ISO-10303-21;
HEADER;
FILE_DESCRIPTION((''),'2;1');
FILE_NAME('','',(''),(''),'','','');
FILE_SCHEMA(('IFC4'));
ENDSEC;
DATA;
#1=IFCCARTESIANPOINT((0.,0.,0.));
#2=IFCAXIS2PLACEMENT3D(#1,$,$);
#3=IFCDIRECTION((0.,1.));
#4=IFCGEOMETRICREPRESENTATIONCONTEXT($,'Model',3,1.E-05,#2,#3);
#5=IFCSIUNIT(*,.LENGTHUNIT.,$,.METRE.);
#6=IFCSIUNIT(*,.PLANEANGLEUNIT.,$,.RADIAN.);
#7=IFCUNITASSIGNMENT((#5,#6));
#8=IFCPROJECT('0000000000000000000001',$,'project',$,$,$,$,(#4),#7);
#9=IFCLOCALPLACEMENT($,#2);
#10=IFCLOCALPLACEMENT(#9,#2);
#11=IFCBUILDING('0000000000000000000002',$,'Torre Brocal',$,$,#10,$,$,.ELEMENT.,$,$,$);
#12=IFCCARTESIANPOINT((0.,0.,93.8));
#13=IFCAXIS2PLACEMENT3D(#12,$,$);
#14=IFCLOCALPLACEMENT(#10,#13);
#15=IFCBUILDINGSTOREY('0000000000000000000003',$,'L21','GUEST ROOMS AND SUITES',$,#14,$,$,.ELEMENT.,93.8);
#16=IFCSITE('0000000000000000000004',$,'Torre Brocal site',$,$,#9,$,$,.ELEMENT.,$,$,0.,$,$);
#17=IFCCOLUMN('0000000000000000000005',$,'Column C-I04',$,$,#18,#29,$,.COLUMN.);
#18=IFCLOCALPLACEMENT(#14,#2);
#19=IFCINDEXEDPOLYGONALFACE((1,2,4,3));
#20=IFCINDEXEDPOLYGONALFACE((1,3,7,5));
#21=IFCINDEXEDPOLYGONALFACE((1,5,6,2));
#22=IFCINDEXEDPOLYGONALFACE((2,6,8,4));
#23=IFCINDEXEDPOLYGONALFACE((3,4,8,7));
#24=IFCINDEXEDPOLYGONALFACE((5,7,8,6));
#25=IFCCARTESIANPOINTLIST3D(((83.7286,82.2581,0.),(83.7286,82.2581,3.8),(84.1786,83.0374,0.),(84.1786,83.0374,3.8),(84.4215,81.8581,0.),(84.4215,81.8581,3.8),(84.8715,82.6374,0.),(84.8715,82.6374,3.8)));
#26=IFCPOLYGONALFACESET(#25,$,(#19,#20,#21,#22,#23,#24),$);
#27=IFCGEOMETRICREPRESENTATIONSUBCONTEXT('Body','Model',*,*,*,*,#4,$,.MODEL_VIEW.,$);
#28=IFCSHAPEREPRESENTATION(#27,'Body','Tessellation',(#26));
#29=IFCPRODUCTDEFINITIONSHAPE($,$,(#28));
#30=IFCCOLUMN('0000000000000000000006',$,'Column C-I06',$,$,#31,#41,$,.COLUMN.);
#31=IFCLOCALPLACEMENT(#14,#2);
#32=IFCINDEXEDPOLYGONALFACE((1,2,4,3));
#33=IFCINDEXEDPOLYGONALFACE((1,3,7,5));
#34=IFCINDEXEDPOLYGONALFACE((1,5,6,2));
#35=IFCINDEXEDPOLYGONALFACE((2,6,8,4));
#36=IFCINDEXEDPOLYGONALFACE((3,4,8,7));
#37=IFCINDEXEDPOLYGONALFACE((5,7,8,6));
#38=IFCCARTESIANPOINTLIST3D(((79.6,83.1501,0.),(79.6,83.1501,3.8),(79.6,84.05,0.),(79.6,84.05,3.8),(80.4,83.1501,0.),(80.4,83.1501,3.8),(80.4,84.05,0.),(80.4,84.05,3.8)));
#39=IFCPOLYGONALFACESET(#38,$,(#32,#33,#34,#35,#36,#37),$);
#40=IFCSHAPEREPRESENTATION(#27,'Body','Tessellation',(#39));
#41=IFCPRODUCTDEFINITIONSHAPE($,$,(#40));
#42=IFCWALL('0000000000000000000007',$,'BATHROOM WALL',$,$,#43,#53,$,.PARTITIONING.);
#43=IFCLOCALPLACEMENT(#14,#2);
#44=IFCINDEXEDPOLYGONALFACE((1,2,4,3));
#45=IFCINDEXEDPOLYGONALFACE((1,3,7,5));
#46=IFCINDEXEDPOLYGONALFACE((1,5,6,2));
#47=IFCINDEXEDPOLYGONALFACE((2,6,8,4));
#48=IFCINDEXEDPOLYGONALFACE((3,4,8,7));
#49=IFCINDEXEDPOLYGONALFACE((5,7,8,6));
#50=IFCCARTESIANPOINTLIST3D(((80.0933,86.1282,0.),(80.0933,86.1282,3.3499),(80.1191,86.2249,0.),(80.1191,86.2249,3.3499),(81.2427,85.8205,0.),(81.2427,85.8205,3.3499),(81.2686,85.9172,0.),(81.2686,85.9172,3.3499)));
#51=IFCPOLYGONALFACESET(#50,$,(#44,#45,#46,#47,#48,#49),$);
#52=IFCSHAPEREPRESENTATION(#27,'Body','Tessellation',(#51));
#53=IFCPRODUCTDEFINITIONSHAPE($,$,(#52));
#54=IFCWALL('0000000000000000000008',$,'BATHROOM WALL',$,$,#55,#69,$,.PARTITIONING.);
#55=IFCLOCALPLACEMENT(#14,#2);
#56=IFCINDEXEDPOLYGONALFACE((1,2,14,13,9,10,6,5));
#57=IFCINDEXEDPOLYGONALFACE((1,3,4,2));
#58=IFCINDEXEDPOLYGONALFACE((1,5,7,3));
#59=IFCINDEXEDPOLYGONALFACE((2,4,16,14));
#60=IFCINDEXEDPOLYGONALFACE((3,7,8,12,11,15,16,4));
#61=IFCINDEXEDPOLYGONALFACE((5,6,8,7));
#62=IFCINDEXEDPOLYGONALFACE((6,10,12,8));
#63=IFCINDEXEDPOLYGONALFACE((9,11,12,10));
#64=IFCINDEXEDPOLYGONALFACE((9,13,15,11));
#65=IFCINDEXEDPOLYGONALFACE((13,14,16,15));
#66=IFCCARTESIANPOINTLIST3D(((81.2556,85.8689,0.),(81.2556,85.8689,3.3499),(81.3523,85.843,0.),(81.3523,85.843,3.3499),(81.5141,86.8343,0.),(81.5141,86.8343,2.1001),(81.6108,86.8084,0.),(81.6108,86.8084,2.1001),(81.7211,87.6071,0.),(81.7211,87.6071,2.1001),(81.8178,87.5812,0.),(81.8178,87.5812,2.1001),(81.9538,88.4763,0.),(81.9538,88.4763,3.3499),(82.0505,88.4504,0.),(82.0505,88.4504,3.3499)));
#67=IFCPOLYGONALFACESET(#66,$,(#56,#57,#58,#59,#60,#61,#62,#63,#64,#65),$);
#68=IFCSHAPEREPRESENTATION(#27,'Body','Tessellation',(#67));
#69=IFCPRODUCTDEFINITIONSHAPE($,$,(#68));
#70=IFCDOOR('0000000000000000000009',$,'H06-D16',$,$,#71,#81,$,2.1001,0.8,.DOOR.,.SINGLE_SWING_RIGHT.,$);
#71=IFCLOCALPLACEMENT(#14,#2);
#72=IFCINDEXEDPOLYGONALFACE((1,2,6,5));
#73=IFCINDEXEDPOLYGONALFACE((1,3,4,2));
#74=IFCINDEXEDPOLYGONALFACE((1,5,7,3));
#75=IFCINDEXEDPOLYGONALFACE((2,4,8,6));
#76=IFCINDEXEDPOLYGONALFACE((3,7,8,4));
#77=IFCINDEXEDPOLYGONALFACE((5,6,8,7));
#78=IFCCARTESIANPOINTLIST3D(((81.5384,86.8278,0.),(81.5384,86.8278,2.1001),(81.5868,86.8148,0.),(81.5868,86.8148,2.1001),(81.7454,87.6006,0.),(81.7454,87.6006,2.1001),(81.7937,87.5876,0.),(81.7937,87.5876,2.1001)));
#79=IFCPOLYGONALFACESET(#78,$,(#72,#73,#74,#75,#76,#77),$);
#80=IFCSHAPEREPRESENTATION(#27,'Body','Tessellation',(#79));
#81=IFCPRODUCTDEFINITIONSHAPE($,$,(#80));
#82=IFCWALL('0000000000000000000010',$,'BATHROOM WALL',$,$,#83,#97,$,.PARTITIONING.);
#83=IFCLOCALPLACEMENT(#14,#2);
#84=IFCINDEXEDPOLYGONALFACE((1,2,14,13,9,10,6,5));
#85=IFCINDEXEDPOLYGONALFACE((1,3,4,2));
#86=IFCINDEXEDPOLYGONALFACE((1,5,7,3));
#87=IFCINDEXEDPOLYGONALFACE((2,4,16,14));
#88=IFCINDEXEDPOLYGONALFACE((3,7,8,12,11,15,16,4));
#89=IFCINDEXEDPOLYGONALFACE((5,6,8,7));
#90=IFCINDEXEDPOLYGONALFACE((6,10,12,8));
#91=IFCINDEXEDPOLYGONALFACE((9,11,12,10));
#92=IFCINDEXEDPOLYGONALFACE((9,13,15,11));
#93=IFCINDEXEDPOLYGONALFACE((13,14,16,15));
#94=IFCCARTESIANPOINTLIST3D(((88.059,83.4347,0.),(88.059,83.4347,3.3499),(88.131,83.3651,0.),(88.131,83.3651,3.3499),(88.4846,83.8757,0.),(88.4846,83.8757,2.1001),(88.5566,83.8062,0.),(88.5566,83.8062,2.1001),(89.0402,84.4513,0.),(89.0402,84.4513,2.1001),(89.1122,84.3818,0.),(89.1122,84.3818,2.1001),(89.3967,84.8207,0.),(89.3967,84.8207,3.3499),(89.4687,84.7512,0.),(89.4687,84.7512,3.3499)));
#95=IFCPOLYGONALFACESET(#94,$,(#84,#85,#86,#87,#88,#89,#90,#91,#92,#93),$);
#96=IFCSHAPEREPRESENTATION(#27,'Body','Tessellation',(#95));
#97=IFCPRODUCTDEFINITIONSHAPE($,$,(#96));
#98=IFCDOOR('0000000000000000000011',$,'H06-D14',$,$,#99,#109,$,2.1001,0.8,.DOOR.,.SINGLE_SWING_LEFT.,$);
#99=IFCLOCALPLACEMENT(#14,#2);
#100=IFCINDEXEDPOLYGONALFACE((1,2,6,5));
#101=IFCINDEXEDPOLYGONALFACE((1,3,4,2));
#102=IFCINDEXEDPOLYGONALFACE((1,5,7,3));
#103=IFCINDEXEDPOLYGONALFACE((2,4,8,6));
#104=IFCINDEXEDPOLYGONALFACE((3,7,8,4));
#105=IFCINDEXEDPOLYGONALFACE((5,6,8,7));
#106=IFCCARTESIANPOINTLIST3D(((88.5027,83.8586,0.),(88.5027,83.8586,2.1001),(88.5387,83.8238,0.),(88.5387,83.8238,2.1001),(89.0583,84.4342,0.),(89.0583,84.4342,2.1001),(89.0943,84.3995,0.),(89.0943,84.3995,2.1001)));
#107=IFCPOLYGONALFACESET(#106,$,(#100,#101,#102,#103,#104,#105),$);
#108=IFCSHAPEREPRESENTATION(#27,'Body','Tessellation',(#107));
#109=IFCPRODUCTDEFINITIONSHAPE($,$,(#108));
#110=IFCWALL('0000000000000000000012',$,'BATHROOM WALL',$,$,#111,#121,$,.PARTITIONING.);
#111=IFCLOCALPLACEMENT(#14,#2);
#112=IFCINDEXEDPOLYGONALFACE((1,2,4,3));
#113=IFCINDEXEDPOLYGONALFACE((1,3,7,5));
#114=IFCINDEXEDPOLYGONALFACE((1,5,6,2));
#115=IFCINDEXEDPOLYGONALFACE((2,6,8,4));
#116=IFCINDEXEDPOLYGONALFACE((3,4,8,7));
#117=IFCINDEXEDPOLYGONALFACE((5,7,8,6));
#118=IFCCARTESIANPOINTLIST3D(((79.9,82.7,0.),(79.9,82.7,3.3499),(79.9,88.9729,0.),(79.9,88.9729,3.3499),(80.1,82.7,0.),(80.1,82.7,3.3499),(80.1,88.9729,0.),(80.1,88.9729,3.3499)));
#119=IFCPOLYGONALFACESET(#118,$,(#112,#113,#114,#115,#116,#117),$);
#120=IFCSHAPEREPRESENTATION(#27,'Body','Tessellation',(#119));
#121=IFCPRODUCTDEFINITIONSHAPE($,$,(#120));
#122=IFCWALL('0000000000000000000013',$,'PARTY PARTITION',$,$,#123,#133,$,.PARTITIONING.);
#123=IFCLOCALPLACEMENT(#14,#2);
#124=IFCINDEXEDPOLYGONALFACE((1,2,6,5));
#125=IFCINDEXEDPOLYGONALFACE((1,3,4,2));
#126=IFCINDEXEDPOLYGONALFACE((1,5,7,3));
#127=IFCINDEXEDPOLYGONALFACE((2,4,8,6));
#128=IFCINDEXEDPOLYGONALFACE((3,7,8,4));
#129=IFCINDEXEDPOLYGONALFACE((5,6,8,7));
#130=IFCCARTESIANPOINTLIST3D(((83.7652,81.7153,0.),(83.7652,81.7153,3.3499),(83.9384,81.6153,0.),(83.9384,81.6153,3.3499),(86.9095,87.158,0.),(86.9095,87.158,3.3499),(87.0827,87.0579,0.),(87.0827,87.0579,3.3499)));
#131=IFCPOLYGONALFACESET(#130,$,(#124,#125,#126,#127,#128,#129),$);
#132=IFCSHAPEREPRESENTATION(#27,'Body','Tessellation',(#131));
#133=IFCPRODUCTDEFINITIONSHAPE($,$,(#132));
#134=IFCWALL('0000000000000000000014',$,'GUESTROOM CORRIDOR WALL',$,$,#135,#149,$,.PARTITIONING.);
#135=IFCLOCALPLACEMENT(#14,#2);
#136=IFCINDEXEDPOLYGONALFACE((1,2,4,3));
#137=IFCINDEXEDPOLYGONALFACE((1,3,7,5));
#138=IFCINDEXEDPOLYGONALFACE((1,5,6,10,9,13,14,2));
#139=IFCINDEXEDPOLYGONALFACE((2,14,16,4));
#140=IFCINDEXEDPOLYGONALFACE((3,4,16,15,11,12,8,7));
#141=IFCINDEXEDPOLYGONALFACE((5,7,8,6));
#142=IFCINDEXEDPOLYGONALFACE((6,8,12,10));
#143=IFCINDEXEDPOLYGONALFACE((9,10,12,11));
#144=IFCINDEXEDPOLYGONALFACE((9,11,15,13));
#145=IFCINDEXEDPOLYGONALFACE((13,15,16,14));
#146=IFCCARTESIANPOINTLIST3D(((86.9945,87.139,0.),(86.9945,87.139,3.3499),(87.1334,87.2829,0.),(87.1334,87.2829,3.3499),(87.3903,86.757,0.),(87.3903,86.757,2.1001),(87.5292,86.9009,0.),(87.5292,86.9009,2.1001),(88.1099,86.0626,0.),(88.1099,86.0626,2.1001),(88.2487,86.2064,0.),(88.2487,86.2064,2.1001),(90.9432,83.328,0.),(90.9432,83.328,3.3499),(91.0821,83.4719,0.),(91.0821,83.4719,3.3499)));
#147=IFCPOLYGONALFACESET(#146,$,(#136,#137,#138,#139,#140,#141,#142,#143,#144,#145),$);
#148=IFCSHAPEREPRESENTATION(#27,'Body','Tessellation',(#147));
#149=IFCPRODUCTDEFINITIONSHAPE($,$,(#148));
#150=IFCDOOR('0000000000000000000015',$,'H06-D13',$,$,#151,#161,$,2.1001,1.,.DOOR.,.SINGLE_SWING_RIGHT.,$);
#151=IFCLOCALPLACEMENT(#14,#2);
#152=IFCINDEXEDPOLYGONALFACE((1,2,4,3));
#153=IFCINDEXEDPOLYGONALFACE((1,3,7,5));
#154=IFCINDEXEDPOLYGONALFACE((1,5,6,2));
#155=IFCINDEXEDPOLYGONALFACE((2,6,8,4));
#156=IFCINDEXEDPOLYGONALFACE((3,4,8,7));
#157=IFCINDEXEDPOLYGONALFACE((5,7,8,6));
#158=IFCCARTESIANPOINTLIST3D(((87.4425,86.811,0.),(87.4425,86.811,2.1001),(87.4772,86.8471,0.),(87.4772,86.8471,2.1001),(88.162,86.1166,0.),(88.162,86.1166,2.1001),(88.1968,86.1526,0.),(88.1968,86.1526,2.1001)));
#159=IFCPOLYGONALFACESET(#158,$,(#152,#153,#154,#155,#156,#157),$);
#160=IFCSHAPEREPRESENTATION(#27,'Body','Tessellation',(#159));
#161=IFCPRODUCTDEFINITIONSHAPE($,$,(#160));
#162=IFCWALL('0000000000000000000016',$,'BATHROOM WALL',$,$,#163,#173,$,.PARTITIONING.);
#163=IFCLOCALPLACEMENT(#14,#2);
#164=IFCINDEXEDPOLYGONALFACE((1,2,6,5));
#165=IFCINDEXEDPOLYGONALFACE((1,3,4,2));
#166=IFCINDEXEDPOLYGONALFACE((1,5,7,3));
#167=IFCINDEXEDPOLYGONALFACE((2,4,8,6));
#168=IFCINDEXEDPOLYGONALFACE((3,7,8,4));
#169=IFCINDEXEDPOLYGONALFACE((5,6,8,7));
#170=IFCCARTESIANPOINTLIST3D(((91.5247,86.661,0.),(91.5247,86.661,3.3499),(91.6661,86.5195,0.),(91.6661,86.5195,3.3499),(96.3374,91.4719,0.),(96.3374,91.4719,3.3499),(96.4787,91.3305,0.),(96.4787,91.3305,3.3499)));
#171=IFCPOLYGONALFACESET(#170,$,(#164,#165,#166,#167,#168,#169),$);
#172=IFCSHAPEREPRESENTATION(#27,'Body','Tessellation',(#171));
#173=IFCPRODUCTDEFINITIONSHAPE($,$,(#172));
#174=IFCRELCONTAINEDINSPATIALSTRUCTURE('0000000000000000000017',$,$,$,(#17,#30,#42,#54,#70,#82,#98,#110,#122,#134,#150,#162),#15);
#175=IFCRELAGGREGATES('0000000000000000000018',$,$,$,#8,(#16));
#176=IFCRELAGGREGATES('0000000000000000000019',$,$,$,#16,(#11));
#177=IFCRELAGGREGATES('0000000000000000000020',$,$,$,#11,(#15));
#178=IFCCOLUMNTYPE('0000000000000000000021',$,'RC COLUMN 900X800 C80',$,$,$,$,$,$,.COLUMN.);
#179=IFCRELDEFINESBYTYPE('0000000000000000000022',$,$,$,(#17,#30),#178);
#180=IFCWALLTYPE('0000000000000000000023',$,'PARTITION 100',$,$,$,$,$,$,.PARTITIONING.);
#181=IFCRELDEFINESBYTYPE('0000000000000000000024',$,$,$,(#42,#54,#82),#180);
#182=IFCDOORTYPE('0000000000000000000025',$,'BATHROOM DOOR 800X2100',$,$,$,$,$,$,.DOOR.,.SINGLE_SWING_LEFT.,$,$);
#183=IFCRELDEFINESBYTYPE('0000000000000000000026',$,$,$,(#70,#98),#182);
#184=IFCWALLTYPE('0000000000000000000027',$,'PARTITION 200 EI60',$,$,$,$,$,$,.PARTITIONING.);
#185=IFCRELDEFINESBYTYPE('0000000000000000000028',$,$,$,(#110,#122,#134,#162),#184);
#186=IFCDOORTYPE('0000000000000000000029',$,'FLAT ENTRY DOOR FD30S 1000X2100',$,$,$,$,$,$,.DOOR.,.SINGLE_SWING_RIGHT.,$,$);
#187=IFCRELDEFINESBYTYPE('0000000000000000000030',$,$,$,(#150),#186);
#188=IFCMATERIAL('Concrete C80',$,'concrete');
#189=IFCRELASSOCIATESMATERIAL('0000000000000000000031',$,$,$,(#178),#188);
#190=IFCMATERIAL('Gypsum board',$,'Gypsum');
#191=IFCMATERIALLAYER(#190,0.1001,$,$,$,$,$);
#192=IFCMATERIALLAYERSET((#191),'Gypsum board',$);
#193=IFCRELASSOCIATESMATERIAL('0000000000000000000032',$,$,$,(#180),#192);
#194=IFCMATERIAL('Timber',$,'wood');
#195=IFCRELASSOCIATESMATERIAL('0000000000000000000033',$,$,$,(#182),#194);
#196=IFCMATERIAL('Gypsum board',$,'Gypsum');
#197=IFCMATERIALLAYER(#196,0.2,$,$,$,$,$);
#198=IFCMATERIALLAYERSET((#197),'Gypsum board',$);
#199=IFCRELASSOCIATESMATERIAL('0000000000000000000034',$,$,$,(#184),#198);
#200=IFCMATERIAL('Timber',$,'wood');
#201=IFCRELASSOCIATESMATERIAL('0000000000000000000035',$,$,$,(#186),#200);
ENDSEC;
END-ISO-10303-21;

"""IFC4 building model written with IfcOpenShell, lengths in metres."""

from ifc_helpers import new_model, si_unit, direction, frame, frame_2d, origin, origin_2d, place, context, subcontext, project, spatial, rectangle, extrude, material, layer, layer_set, material_profile, profile_set, type_object, element, fill, save


model = new_model("IFC4")

# Units and contexts
model_context = context("Model", 3, precision=1e-05, world=origin(), true_north=direction((0.0, 1.0)))
body_context = subcontext(model_context, "Body", "Model", "MODEL_VIEW")
ifc_project = project(units=[si_unit("LENGTHUNIT", "METRE"), si_unit("PLANEANGLEUNIT", "RADIAN")], contexts=[model_context])

# Site, building, storey
site_placement = place(None, origin())
site = spatial("IfcSite", under=ifc_project, at=site_placement, Name="Torre Brocal site", CompositionType="ELEMENT", RefElevation=0.0)
building_placement = place(site_placement, origin())
building = spatial("IfcBuilding", under=site, at=building_placement, Name="Torre Brocal", CompositionType="ELEMENT")
storey_placement = place(building_placement, frame((0.0, 0.0, 93.8)))
storey = spatial("IfcBuildingStorey", under=building, at=storey_placement, Name="L21", Description="GUEST ROOMS AND SUITES", CompositionType="ELEMENT", Elevation=93.8)

# Columns
ifc_material_1 = material(Name="Concrete C80", Category="concrete")
ifc_material_profile = material_profile(ifc_material_1, rectangle(XDim=0.8999, YDim=0.8, at=origin_2d()), Name="RC 900X800")
ifc_profile_set = profile_set([ifc_material_profile], Name="Concrete C80")
column_type = type_object("IfcColumnType", Name="RC COLUMN 900X800 C80", PredefinedType="COLUMN", material=ifc_profile_set)
for number, where, z_axis, x_axis, name in (
    (1, (84.3, 82.4478, 0.0), (0.0, 0.0, 1.0), (0.5, 0.866025, 0.0), "Column C-I04"),
    (2, (80.0, 83.6001, 0.0), (0.0, 0.0, 1.0), (0.0, 1.0, 0.0), "Column C-I06"),
):
    element("IfcColumn", number, at=place(storey_placement, frame(where, z_axis=z_axis, x_axis=x_axis)), inside=storey, type_object=column_type, Name=name, PredefinedType="COLUMN", context=body_context, shape_type="SweptSolid", body=[
        extrude(rectangle(XDim=0.8999, YDim=0.8, at=origin_2d()), origin(), (0.0, 0.0, 1.0), 3.8),
    ])

# Wall
ifc_material_2 = material(Name="Gypsum board", Category="Gypsum")
ifc_layer_1 = layer(ifc_material_2, 0.1001)
ifc_layer_set_1 = layer_set([ifc_layer_1], Name="Gypsum board")
wall_type_1 = type_object("IfcWallType", Name="PARTITION 100", PredefinedType="PARTITIONING", material=ifc_layer_set_1)
wall_1_placement = place(storey_placement, frame((80.1062, 86.1765, 0.0), z_axis=(0.0, 0.0, 1.0), x_axis=(0.966003, -0.258531, 0.0)))
element("IfcWall", 3, at=wall_1_placement, inside=storey, type_object=wall_type_1, Name="BATHROOM WALL", PredefinedType="PARTITIONING", context=body_context, shape_type="SweptSolid", body=[
    extrude(rectangle(XDim=1.1899, YDim=0.1001, at=frame_2d((0.595, 0.0))), origin(), (0.0, 0.0, 1.0), 3.3499),
])

# Walls, openings, doors
wall_2_placement = place(storey_placement, frame((81.304, 85.856, 0.0), z_axis=(0.0, 0.0, 1.0), x_axis=(0.258676, 0.965964, 0.0)))
wall_2 = element("IfcWall", 4, at=wall_2_placement, inside=storey, type_object=wall_type_1, Name="BATHROOM WALL", PredefinedType="PARTITIONING", context=body_context, shape_type="SweptSolid", body=[
    extrude(rectangle(XDim=2.6992, YDim=0.1001, at=frame_2d((1.3496, 0.0))), origin(), (0.0, 0.0, 1.0), 3.3499),
])
opening_1_placement = place(wall_2_placement, frame((0.9995, 0.0, 0.0)))
opening_1 = element("IfcOpeningElement", 5, at=opening_1_placement, cuts=wall_2, PredefinedType="OPENING", context=body_context, shape_type="SweptSolid", body=[
    extrude(rectangle(XDim=0.8, YDim=2.1001, at=frame_2d((0.3999, 1.05))), frame((0.0, 0.0601, 0.0), z_axis=(0.0, -1.0, 0.0), x_axis=(1.0, 0.0, 0.0)), (0.0, 0.0, 1.0), 0.1201),
])
ifc_material_3 = material(Name="Timber", Category="wood")
door_type_1 = type_object("IfcDoorType", Name="BATHROOM DOOR 800X2100", OperationType="SINGLE_SWING_LEFT", PredefinedType="DOOR", material=ifc_material_3)
door_1_placement = place(opening_1_placement, origin())
door_1 = element("IfcDoor", 6, at=door_1_placement, inside=storey, type_object=door_type_1, Name="H06-D16", OperationType="SINGLE_SWING_RIGHT", OverallHeight=2.1001, OverallWidth=0.8, PredefinedType="DOOR", context=body_context, shape_type="SweptSolid", body=[
    extrude(rectangle(XDim=0.8, YDim=2.1001, at=frame_2d((0.3999, 1.05))), frame((0.0, 0.0249, 0.0), z_axis=(0.0, -1.0, 0.0), x_axis=(1.0, 0.0, 0.0)), (0.0, 0.0, 1.0), 0.05),
])
fill(opening_1, door_1)
wall_3_placement = place(storey_placement, frame((88.095, 83.3999, 0.0), z_axis=(0.0, 0.0, 1.0), x_axis=(0.694447, 0.719543, 0.0)))
wall_3 = element("IfcWall", 7, at=wall_3_placement, inside=storey, type_object=wall_type_1, Name="BATHROOM WALL", PredefinedType="PARTITIONING", context=body_context, shape_type="SweptSolid", body=[
    extrude(rectangle(XDim=1.9263, YDim=0.1001, at=frame_2d((0.9631, 0.0))), origin(), (0.0, 0.0, 1.0), 3.3499),
])
opening_2_placement = place(wall_3_placement, frame((0.613, 0.0, 0.0)))
opening_2 = element("IfcOpeningElement", 8, at=opening_2_placement, cuts=wall_3, PredefinedType="OPENING", context=body_context, shape_type="SweptSolid", body=[
    extrude(rectangle(XDim=0.8, YDim=2.1001, at=frame_2d((0.3999, 1.05))), frame((0.0, 0.0601, 0.0), z_axis=(0.0, -1.0, 0.0), x_axis=(1.0, 0.0, 0.0)), (0.0, 0.0, 1.0), 0.1201),
])
door_2_placement = place(opening_2_placement, frame((0.8, 0.0, 0.0), z_axis=(0.0, 0.0, 1.0), x_axis=(-1.0, 0.0, 0.0)))
door_2 = element("IfcDoor", 9, at=door_2_placement, inside=storey, type_object=door_type_1, Name="H06-D14", OperationType="SINGLE_SWING_LEFT", OverallHeight=2.1001, OverallWidth=0.8, PredefinedType="DOOR", context=body_context, shape_type="SweptSolid", body=[
    extrude(rectangle(XDim=0.8, YDim=2.1001, at=frame_2d((0.3999, 1.05))), frame((0.0, 0.0249, 0.0), z_axis=(0.0, -1.0, 0.0), x_axis=(1.0, 0.0, 0.0)), (0.0, 0.0, 1.0), 0.05),
])
fill(opening_2, door_2)

# Walls
ifc_material_4 = material(Name="Gypsum board", Category="Gypsum")
ifc_layer_2 = layer(ifc_material_4, 0.2)
ifc_layer_set_2 = layer_set([ifc_layer_2], Name="Gypsum board")
wall_type_2 = type_object("IfcWallType", Name="PARTITION 200 EI60", PredefinedType="PARTITIONING", material=ifc_layer_set_2)
wall_4_placement = place(storey_placement, frame((80.0, 82.7, 0.0), z_axis=(0.0, 0.0, 1.0), x_axis=(0.0, 1.0, 0.0)))
element("IfcWall", 10, at=wall_4_placement, inside=storey, type_object=wall_type_2, Name="BATHROOM WALL", PredefinedType="PARTITIONING", context=body_context, shape_type="SweptSolid", body=[
    extrude(rectangle(XDim=6.2729, YDim=0.2, at=frame_2d((3.1365, 0.0))), origin(), (0.0, 0.0, 1.0), 3.3499),
])
wall_5_placement = place(storey_placement, frame((83.8518, 81.6653, 0.0), z_axis=(0.0, 0.0, 1.0), x_axis=(0.500237, 0.865889, 0.0)))
element("IfcWall", 11, at=wall_5_placement, inside=storey, type_object=wall_type_2, Name="PARTY PARTITION", PredefinedType="PARTITIONING", context=body_context, shape_type="SweptSolid", body=[
    extrude(rectangle(XDim=6.2856, YDim=0.2, at=frame_2d((3.1428, 0.0))), origin(), (0.0, 0.0, 1.0), 3.3499),
])

# Wall, opening, door
wall_6_placement = place(storey_placement, frame((87.064, 87.2109, 0.0), z_axis=(0.0, 0.0, 1.0), x_axis=(0.719541, -0.69445, 0.0)))
wall_6 = element("IfcWall", 12, at=wall_6_placement, inside=storey, type_object=wall_type_2, Name="GUESTROOM CORRIDOR WALL", PredefinedType="PARTITIONING", context=body_context, shape_type="SweptSolid", body=[
    extrude(rectangle(XDim=5.4878, YDim=0.2, at=frame_2d((2.7439, 0.0))), origin(), (0.0, 0.0, 1.0), 3.3499),
])
opening_3_placement = place(wall_6_placement, frame((0.55, 0.0, 0.0)))
opening_3 = element("IfcOpeningElement", 13, at=opening_3_placement, cuts=wall_6, PredefinedType="OPENING", context=body_context, shape_type="SweptSolid", body=[
    extrude(rectangle(XDim=1.0, YDim=2.1001, at=frame_2d((0.5, 1.05))), frame((0.0, 0.1099, 0.0), z_axis=(0.0, -1.0, 0.0), x_axis=(1.0, 0.0, 0.0)), (0.0, 0.0, 1.0), 0.22),
])
ifc_material_5 = material(Name="Timber", Category="wood")
door_type_2 = type_object("IfcDoorType", Name="FLAT ENTRY DOOR FD30S 1000X2100", OperationType="SINGLE_SWING_RIGHT", PredefinedType="DOOR", material=ifc_material_5)
door_3_placement = place(opening_3_placement, frame((1.0, 0.0, 0.0), z_axis=(0.0, 0.0, 1.0), x_axis=(-1.0, 0.0, 0.0)))
door_3 = element("IfcDoor", 14, at=door_3_placement, inside=storey, type_object=door_type_2, Name="H06-D13", OperationType="SINGLE_SWING_RIGHT", OverallHeight=2.1001, OverallWidth=1.0, PredefinedType="DOOR", context=body_context, shape_type="SweptSolid", body=[
    extrude(rectangle(XDim=1.0, YDim=2.1001, at=frame_2d((0.5, 1.05))), frame((0.0, 0.0249, 0.0), z_axis=(0.0, -1.0, 0.0), x_axis=(1.0, 0.0, 0.0)), (0.0, 0.0, 1.0), 0.05),
])
fill(opening_3, door_3)

# Wall
wall_7_placement = place(storey_placement, frame((91.5955, 86.5903, 0.0), z_axis=(0.0, 0.0, 1.0), x_axis=(0.707232, 0.706981, 0.0)))
element("IfcWall", 15, at=wall_7_placement, inside=storey, type_object=wall_type_2, Name="BATHROOM WALL", PredefinedType="PARTITIONING", context=body_context, shape_type="SweptSolid", body=[
    extrude(rectangle(XDim=6.8049, YDim=0.2, at=frame_2d((3.4023, 0.0))), origin(), (0.0, 0.0, 1.0), 3.3499),
])

save(model, "model.ifc")
